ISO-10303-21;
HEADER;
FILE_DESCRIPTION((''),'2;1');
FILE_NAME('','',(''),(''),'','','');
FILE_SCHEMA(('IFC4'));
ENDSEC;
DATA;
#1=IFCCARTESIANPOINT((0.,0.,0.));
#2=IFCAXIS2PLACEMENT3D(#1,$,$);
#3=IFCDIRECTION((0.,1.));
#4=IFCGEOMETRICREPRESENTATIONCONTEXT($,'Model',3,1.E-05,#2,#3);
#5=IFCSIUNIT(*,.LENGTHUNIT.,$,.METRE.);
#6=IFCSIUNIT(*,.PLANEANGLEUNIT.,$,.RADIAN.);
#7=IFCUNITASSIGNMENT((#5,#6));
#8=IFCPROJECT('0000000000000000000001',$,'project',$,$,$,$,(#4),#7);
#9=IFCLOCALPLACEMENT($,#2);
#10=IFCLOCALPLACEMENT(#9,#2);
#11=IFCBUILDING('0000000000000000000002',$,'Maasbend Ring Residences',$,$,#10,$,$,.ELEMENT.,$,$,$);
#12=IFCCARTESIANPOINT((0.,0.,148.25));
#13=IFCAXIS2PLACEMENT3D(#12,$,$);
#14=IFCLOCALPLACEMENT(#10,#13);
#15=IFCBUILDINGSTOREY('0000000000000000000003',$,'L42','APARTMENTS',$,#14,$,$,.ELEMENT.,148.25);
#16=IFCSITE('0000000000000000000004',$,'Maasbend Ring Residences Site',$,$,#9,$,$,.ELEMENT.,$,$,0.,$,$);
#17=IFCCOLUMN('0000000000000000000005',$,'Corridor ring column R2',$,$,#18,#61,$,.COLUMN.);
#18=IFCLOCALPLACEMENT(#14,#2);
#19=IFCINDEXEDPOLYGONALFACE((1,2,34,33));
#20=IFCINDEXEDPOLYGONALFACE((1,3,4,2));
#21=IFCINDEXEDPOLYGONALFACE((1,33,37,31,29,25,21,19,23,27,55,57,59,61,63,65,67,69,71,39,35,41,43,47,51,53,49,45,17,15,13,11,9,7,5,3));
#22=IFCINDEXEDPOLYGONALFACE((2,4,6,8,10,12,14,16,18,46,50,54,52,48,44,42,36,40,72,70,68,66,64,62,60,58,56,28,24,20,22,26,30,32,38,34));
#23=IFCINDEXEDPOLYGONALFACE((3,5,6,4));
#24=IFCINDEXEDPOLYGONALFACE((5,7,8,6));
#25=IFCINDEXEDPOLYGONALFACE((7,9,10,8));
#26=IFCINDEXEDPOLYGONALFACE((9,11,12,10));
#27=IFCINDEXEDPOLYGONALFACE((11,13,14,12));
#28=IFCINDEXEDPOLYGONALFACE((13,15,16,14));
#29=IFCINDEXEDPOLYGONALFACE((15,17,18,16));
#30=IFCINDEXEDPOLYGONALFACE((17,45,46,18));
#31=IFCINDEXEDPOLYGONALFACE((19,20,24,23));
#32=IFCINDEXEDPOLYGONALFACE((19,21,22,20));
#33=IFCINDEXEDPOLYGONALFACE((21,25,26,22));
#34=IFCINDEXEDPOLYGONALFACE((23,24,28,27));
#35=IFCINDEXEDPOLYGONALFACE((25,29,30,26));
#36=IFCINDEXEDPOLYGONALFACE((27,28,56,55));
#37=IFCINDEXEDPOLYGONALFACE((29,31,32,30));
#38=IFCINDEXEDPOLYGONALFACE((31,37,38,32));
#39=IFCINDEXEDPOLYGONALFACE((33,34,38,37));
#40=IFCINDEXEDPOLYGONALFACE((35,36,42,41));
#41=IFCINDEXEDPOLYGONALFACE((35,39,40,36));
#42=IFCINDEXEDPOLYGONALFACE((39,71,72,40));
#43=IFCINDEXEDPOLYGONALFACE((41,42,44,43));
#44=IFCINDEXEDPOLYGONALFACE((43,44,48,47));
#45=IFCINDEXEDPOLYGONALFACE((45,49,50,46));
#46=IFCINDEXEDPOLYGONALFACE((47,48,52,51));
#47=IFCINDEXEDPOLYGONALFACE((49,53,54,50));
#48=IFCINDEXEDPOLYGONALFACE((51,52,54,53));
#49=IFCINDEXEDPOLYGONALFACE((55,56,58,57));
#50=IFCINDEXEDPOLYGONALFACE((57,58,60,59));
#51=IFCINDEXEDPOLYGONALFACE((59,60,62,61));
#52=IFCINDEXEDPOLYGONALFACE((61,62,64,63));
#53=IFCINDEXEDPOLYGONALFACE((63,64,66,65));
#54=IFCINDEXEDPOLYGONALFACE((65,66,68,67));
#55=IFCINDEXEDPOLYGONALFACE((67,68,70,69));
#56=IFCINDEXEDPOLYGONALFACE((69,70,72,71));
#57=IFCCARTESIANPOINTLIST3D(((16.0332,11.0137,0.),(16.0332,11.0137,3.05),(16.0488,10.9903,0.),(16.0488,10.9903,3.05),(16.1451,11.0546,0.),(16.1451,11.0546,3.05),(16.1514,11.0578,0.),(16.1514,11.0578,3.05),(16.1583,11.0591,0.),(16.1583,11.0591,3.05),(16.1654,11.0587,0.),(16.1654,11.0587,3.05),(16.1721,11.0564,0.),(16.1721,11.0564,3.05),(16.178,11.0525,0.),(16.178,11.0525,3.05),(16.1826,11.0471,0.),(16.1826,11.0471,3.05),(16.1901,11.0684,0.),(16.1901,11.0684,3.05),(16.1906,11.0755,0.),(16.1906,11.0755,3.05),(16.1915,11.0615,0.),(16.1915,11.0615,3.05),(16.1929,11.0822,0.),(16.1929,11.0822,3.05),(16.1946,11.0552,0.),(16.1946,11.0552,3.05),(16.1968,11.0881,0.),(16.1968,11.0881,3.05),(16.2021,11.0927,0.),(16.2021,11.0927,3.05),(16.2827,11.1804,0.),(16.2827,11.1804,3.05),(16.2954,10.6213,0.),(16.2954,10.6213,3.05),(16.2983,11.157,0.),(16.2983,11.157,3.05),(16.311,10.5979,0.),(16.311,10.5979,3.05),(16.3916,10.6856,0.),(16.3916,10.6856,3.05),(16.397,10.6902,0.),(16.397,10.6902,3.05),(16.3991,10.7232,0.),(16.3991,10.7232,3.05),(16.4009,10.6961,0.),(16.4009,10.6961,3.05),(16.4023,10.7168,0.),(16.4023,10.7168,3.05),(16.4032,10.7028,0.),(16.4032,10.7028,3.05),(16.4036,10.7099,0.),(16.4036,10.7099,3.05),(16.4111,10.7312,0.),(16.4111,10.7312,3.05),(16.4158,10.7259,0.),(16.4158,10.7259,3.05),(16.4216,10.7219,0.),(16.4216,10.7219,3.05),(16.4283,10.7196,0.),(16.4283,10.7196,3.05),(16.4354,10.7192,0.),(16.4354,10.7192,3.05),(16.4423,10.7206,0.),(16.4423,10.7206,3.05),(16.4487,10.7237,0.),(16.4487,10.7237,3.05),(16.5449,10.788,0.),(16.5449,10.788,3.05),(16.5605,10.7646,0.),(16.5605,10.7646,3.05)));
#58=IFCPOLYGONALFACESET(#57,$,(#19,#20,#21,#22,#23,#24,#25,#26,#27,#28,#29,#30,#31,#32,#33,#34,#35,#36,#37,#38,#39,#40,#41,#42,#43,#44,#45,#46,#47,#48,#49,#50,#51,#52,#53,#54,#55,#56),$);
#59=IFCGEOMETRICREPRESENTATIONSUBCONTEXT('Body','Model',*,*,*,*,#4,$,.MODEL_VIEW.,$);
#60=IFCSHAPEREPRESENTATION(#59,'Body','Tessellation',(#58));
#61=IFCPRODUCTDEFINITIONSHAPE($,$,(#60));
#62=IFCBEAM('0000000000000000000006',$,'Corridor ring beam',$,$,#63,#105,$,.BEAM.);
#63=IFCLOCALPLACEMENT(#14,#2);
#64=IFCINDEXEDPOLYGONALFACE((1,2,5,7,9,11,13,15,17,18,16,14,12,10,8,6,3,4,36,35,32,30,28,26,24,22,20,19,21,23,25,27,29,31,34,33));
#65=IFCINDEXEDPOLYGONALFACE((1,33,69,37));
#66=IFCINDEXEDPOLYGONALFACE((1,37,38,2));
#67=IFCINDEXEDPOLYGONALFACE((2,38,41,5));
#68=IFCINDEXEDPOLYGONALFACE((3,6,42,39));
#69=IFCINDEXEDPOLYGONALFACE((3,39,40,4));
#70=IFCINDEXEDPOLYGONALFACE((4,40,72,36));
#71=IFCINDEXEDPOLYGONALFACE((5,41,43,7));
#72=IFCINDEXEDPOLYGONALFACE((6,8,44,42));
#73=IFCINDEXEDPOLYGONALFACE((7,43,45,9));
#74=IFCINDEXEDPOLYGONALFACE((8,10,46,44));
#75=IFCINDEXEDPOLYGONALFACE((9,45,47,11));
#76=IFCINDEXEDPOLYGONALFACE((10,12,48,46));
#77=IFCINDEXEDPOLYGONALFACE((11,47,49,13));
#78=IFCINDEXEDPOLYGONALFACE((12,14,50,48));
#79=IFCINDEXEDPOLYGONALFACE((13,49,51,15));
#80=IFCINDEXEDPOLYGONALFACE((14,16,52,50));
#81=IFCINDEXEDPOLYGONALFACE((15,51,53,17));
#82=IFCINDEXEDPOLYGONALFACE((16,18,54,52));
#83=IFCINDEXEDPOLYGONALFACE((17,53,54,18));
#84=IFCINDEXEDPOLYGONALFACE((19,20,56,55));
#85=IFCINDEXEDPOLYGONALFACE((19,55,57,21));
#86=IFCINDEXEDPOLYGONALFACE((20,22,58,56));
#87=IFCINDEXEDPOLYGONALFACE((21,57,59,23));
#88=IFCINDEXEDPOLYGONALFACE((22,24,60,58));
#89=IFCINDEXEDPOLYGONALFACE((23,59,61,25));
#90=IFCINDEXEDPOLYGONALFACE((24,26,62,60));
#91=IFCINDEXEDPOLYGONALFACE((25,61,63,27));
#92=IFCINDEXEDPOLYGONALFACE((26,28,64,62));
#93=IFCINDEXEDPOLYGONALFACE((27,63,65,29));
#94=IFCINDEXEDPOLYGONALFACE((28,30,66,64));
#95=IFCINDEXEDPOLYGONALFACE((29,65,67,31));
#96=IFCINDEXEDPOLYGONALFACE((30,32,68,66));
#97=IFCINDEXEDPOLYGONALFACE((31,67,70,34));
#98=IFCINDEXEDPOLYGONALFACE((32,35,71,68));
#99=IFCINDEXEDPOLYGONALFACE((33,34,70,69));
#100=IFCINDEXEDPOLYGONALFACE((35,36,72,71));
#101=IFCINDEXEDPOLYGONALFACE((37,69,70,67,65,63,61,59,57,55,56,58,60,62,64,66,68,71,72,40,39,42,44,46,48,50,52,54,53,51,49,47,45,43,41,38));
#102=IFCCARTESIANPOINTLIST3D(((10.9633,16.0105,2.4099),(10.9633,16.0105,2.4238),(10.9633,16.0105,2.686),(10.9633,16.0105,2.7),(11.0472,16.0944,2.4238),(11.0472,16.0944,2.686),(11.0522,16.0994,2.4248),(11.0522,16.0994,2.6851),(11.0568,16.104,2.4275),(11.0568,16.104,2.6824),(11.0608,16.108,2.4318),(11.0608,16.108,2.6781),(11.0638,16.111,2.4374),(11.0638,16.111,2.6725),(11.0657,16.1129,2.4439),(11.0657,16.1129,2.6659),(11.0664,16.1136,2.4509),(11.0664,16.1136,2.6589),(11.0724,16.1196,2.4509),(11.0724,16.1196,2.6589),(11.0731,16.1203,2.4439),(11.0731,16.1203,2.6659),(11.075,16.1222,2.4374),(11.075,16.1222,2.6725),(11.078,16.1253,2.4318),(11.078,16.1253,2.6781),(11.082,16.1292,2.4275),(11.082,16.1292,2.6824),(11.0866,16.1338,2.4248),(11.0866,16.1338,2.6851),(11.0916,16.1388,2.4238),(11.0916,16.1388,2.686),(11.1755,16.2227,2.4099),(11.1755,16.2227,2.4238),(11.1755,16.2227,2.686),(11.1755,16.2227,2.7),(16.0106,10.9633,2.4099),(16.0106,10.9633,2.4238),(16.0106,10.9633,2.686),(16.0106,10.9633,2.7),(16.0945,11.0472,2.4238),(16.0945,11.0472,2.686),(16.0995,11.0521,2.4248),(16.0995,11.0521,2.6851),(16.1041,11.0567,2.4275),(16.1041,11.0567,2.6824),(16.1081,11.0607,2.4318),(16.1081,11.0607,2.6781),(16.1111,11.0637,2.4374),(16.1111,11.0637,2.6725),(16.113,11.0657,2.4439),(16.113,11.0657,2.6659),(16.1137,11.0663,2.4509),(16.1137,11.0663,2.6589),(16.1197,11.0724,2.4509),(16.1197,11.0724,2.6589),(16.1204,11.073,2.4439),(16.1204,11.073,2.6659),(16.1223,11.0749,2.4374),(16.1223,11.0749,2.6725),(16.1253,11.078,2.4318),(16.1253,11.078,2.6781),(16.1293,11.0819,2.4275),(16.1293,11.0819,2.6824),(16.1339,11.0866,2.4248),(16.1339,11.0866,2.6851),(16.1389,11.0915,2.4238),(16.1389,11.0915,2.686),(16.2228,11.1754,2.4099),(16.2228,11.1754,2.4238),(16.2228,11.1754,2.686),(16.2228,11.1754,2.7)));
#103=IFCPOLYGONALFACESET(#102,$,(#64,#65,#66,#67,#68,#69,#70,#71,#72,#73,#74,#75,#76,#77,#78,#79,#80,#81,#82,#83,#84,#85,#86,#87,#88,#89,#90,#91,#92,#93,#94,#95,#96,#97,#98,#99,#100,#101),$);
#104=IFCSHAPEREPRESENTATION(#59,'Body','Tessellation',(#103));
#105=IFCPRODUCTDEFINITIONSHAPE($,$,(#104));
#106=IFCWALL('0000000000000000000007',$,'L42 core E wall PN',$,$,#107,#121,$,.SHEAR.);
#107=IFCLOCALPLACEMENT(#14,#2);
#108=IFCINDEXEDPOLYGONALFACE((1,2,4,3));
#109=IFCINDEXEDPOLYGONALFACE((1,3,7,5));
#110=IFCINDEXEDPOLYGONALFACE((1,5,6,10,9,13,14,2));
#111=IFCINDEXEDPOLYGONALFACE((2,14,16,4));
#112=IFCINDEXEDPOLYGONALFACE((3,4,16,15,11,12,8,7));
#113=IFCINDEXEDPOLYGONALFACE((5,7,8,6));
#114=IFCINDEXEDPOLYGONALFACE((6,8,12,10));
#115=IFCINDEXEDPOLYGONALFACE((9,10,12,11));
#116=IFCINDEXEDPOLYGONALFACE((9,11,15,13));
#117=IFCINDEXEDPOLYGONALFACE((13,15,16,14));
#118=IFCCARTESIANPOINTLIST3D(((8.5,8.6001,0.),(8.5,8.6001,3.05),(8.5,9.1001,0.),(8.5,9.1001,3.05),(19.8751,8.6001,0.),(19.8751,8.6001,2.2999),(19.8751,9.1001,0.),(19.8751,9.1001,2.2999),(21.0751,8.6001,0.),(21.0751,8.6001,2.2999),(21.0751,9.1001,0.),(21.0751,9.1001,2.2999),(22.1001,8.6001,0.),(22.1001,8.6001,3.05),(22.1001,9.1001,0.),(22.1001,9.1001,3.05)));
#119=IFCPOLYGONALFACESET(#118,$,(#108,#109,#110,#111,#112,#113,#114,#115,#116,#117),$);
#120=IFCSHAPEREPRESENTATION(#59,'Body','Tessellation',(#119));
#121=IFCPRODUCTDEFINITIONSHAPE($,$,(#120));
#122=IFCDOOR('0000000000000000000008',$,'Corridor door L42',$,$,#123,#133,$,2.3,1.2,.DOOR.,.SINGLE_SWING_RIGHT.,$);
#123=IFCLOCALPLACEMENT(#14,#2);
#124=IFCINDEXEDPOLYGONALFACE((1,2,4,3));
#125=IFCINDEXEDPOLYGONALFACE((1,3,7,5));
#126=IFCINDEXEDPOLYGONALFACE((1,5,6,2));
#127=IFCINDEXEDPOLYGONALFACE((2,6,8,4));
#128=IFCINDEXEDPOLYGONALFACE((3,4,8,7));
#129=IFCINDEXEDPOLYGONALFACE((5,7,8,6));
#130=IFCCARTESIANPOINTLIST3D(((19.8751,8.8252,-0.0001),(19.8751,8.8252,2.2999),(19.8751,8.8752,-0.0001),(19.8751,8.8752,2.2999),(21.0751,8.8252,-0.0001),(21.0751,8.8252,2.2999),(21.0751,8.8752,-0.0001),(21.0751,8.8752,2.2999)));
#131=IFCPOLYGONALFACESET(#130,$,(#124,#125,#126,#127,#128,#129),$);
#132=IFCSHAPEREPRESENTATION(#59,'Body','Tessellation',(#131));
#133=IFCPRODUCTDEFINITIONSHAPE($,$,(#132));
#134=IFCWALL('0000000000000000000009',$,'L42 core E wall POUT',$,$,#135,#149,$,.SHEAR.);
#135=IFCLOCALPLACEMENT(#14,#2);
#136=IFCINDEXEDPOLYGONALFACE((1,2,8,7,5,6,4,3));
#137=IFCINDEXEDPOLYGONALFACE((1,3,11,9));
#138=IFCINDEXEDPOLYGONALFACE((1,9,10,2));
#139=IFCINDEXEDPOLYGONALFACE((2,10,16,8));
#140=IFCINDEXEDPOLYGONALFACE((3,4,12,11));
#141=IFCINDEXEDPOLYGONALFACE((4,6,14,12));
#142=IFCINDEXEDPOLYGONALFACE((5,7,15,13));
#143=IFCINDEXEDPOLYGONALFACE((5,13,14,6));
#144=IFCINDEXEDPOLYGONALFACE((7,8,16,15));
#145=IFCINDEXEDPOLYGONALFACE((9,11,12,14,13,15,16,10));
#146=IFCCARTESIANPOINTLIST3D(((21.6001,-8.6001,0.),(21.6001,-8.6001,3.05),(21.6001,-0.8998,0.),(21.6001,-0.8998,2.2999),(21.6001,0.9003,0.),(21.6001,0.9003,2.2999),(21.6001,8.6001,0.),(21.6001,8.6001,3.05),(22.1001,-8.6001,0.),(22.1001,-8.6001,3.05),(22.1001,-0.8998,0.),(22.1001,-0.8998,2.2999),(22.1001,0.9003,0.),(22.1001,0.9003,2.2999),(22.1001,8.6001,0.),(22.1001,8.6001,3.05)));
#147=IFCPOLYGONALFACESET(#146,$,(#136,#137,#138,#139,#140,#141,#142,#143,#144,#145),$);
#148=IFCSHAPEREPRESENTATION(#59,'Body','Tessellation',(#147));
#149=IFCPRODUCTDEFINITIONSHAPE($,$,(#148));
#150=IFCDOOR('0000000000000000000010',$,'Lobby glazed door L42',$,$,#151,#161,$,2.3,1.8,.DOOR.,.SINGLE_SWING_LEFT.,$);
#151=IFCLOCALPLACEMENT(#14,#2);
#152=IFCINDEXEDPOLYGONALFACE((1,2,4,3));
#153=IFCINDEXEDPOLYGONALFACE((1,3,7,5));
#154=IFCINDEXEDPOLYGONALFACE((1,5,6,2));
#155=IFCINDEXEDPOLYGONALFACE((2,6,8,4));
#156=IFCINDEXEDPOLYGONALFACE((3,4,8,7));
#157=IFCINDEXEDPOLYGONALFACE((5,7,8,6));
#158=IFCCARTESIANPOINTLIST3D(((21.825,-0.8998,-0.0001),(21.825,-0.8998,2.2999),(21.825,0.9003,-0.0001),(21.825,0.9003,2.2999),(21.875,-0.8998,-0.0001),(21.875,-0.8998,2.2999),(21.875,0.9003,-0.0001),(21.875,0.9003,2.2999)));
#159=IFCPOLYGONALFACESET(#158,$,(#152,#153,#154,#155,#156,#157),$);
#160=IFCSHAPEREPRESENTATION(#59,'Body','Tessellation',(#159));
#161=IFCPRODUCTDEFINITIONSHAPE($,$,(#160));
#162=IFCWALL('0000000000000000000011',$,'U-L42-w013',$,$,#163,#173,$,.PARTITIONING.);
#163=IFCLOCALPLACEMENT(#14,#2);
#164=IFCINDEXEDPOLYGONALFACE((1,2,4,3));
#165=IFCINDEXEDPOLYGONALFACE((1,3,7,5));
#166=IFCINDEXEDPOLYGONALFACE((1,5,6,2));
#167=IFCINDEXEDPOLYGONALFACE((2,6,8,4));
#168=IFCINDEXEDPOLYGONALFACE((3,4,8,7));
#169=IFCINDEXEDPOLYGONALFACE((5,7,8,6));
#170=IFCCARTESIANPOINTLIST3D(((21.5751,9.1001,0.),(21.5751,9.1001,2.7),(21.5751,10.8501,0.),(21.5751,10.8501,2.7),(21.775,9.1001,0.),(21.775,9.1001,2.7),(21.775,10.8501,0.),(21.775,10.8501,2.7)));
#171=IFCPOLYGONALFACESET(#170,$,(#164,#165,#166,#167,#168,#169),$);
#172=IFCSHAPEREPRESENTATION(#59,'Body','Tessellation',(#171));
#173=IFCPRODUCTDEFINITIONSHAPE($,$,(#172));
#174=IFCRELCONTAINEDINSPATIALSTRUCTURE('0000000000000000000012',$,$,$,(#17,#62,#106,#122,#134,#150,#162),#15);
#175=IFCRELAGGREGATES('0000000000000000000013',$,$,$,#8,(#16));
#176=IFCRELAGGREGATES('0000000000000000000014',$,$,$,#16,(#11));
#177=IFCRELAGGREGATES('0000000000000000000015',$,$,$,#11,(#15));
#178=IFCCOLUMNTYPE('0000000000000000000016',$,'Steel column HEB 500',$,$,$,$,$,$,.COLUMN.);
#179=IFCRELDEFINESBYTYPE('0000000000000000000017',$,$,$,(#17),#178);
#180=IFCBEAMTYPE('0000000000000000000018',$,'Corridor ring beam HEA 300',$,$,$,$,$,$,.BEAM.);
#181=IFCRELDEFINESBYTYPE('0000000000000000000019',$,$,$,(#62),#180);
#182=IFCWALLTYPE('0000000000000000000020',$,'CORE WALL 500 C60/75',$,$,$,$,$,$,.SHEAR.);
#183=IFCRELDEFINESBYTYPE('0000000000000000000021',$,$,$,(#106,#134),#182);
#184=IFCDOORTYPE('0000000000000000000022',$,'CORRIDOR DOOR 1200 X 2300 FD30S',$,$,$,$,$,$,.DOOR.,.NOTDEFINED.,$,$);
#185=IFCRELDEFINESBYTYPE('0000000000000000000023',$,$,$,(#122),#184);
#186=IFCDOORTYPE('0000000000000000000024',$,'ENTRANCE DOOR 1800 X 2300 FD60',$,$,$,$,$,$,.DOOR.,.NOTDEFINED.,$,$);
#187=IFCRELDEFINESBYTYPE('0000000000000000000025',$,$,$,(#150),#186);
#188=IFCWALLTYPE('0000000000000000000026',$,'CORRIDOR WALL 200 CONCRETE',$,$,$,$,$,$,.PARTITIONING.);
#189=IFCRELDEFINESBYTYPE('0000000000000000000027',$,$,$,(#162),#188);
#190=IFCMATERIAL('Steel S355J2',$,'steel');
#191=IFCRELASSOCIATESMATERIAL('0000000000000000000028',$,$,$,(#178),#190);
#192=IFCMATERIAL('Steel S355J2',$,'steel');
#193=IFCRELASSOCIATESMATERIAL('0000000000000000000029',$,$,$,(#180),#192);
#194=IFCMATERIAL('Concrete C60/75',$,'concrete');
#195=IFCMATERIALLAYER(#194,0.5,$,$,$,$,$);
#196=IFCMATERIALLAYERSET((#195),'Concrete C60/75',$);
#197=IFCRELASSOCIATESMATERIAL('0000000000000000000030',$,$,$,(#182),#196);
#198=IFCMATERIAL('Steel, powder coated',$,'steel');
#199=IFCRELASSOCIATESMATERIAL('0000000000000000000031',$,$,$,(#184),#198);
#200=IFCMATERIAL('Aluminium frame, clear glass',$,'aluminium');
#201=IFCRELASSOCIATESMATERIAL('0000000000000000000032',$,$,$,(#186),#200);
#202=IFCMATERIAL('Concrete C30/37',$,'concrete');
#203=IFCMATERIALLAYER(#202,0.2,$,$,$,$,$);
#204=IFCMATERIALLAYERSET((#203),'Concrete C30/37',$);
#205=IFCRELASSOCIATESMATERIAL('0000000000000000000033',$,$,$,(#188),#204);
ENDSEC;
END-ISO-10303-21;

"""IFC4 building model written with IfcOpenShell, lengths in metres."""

from ifc_helpers import new_model, si_unit, direction, frame, frame_2d, origin, origin_2d, place, context, subcontext, project, spatial, rectangle, i_section, extrude, material, layer, layer_set, material_profile, profile_set, type_object, element, fill, save


model = new_model("IFC4")

# Units and contexts
model_context = context("Model", 3, precision=1e-05, world=origin(), true_north=direction((0.0, 1.0)))
body_context = subcontext(model_context, "Body", "Model", "MODEL_VIEW")
ifc_project = project(units=[si_unit("LENGTHUNIT", "METRE"), si_unit("PLANEANGLEUNIT", "RADIAN")], contexts=[model_context])

# Site, building, storey
site_placement = place(None, origin())
site = spatial("IfcSite", under=ifc_project, at=site_placement, Name="Maasbend Ring Residences Site", CompositionType="ELEMENT", RefElevation=0.0)
building_placement = place(site_placement, origin())
building = spatial("IfcBuilding", under=site, at=building_placement, Name="Maasbend Ring Residences", CompositionType="ELEMENT")
storey_placement = place(building_placement, frame((0.0, 0.0, 148.25)))
storey = spatial("IfcBuildingStorey", under=building, at=storey_placement, Name="L42", Description="APARTMENTS", CompositionType="ELEMENT", Elevation=148.25)

# Column
ifc_material_1 = material(Name="Steel S355J2", Category="steel")
ifc_material_profile_1 = material_profile(ifc_material_1, i_section(OverallWidth=0.3, OverallDepth=0.5, WebThickness=0.0144, FlangeThickness=0.0281, FilletRadius=0.0271, at=origin_2d()), Name="HEB 500")
ifc_profile_set_1 = profile_set([ifc_material_profile_1], Name="Steel S355J2")
column_type = type_object("IfcColumnType", Name="Steel column HEB 500", PredefinedType="COLUMN", material=ifc_profile_set_1)
column_placement = place(storey_placement, frame((16.2969, 10.8892, 0.0), z_axis=(0.0, 0.0, 1.0), x_axis=(0.83147, 0.55557, 0.0)))
element("IfcColumn", 1, at=column_placement, inside=storey, type_object=column_type, Name="Corridor ring column R2", PredefinedType="COLUMN", context=body_context, shape_type="SweptSolid", body=[
    extrude(i_section(OverallWidth=0.3, OverallDepth=0.5, WebThickness=0.0144, FlangeThickness=0.0281, FilletRadius=0.0271, at=origin_2d()), origin(), (0.0, 0.0, 1.0), 3.05),
])

# Beam
ifc_material_2 = material(Name="Steel S355J2", Category="steel")
ifc_material_profile_2 = material_profile(ifc_material_2, i_section(OverallWidth=0.3, OverallDepth=0.29, WebThickness=0.0085, FlangeThickness=0.0139, FilletRadius=0.0271, at=origin_2d()), Name="HEA 300")
ifc_profile_set_2 = profile_set([ifc_material_profile_2], Name="Steel S355J2")
beam_type = type_object("IfcBeamType", Name="Corridor ring beam HEA 300", PredefinedType="BEAM", material=ifc_profile_set_2)
beam_placement = place(storey_placement, frame((16.1167, 11.0693, 2.5549), z_axis=(-0.707107, 0.707107, 0.0), x_axis=(-0.707107, -0.707107, 0.0)))
element("IfcBeam", 2, at=beam_placement, inside=storey, type_object=beam_type, Name="Corridor ring beam", PredefinedType="BEAM", context=body_context, shape_type="SweptSolid", body=[
    extrude(i_section(OverallWidth=0.3, OverallDepth=0.29, WebThickness=0.0085, FlangeThickness=0.0139, FilletRadius=0.0271, at=origin_2d()), origin(), (0.0, 0.0, 1.0), 7.1379),
])

# Walls, openings, doors
ifc_material_3 = material(Name="Concrete C60/75", Category="concrete")
ifc_layer_1 = layer(ifc_material_3, 0.5)
ifc_layer_set_1 = layer_set([ifc_layer_1], Name="Concrete C60/75")
wall_type_1 = type_object("IfcWallType", Name="CORE WALL 500 C60/75", PredefinedType="SHEAR", material=ifc_layer_set_1)
wall_1_placement = place(storey_placement, frame((22.1001, 8.8501, 0.0), z_axis=(0.0, 0.0, 1.0), x_axis=(-1.0, 0.0, 0.0)))
wall_1 = element("IfcWall", 3, at=wall_1_placement, inside=storey, type_object=wall_type_1, Name="L42 core E wall PN", PredefinedType="SHEAR", context=body_context, shape_type="SweptSolid", body=[
    extrude(rectangle(XDim=13.6001, YDim=0.5, at=frame_2d((6.8, 0.0))), origin(), (0.0, 0.0, 1.0), 3.05),
])
opening_1_placement = place(wall_1_placement, frame((1.0249, 0.0, 0.0)))
opening_1 = element("IfcOpeningElement", 4, at=opening_1_placement, cuts=wall_1, PredefinedType="OPENING", context=body_context, shape_type="SweptSolid", body=[
    extrude(rectangle(XDim=1.2, YDim=2.3, at=frame_2d((0.6001, 1.1499))), frame((0.0, 0.26, 0.0), z_axis=(0.0, -1.0, 0.0), x_axis=(1.0, 0.0, 0.0)), (0.0, 0.0, 1.0), 0.52),
])
ifc_material_4 = material(Name="Steel, powder coated", Category="steel")
door_type_1 = type_object("IfcDoorType", Name="CORRIDOR DOOR 1200 X 2300 FD30S", OperationType="NOTDEFINED", PredefinedType="DOOR", material=ifc_material_4)
door_1_placement = place(opening_1_placement, origin())
door_1 = element("IfcDoor", 5, at=door_1_placement, inside=storey, type_object=door_type_1, Name="Corridor door L42", OperationType="SINGLE_SWING_RIGHT", OverallHeight=2.3, OverallWidth=1.2, PredefinedType="DOOR", context=body_context, shape_type="SweptSolid", body=[
    extrude(rectangle(XDim=1.2, YDim=2.3, at=frame_2d((0.6001, 1.1499))), frame((0.0, 0.0249, 0.0), z_axis=(0.0, -1.0, 0.0), x_axis=(1.0, 0.0, 0.0)), (0.0, 0.0, 1.0), 0.05),
])
fill(opening_1, door_1)
wall_2_placement = place(storey_placement, frame((21.8501, 8.6001, 0.0), z_axis=(0.0, 0.0, 1.0), x_axis=(0.0, -1.0, 0.0)))
wall_2 = element("IfcWall", 6, at=wall_2_placement, inside=storey, type_object=wall_type_1, Name="L42 core E wall POUT", PredefinedType="SHEAR", context=body_context, shape_type="SweptSolid", body=[
    extrude(rectangle(XDim=17.2002, YDim=0.5, at=frame_2d((8.6001, 0.0))), origin(), (0.0, 0.0, 1.0), 3.05),
])
opening_2_placement = place(wall_2_placement, frame((7.7, 0.0, 0.0)))
opening_2 = element("IfcOpeningElement", 7, at=opening_2_placement, cuts=wall_2, PredefinedType="OPENING", context=body_context, shape_type="SweptSolid", body=[
    extrude(rectangle(XDim=1.8, YDim=2.3, at=frame_2d((0.8999, 1.1499))), frame((0.0, 0.26, 0.0), z_axis=(0.0, -1.0, 0.0), x_axis=(1.0, 0.0, 0.0)), (0.0, 0.0, 1.0), 0.52),
])
ifc_material_5 = material(Name="Aluminium frame, clear glass", Category="aluminium")
door_type_2 = type_object("IfcDoorType", Name="ENTRANCE DOOR 1800 X 2300 FD60", OperationType="NOTDEFINED", PredefinedType="DOOR", material=ifc_material_5)
door_2_placement = place(opening_2_placement, origin())
door_2 = element("IfcDoor", 8, at=door_2_placement, inside=storey, type_object=door_type_2, Name="Lobby glazed door L42", OperationType="SINGLE_SWING_LEFT", OverallHeight=2.3, OverallWidth=1.8, PredefinedType="DOOR", context=body_context, shape_type="SweptSolid", body=[
    extrude(rectangle(XDim=1.8, YDim=2.3, at=frame_2d((0.8999, 1.1499))), frame((0.0, 0.0249, 0.0), z_axis=(0.0, -1.0, 0.0), x_axis=(1.0, 0.0, 0.0)), (0.0, 0.0, 1.0), 0.05),
])
fill(opening_2, door_2)

# Wall
ifc_material_6 = material(Name="Concrete C30/37", Category="concrete")
ifc_layer_2 = layer(ifc_material_6, 0.2)
ifc_layer_set_2 = layer_set([ifc_layer_2], Name="Concrete C30/37")
wall_type_2 = type_object("IfcWallType", Name="CORRIDOR WALL 200 CONCRETE", PredefinedType="PARTITIONING", material=ifc_layer_set_2)
wall_3_placement = place(storey_placement, frame((21.675, 9.1001, 0.0), z_axis=(0.0, 0.0, 1.0), x_axis=(0.0, 1.0, 0.0)))
element("IfcWall", 9, at=wall_3_placement, inside=storey, type_object=wall_type_2, Name="U-L42-w013", PredefinedType="PARTITIONING", context=body_context, shape_type="SweptSolid", body=[
    extrude(rectangle(XDim=1.75, YDim=0.2, at=frame_2d((0.875, 0.0))), origin(), (0.0, 0.0, 1.0), 2.7),
])

save(model, "model.ifc")
